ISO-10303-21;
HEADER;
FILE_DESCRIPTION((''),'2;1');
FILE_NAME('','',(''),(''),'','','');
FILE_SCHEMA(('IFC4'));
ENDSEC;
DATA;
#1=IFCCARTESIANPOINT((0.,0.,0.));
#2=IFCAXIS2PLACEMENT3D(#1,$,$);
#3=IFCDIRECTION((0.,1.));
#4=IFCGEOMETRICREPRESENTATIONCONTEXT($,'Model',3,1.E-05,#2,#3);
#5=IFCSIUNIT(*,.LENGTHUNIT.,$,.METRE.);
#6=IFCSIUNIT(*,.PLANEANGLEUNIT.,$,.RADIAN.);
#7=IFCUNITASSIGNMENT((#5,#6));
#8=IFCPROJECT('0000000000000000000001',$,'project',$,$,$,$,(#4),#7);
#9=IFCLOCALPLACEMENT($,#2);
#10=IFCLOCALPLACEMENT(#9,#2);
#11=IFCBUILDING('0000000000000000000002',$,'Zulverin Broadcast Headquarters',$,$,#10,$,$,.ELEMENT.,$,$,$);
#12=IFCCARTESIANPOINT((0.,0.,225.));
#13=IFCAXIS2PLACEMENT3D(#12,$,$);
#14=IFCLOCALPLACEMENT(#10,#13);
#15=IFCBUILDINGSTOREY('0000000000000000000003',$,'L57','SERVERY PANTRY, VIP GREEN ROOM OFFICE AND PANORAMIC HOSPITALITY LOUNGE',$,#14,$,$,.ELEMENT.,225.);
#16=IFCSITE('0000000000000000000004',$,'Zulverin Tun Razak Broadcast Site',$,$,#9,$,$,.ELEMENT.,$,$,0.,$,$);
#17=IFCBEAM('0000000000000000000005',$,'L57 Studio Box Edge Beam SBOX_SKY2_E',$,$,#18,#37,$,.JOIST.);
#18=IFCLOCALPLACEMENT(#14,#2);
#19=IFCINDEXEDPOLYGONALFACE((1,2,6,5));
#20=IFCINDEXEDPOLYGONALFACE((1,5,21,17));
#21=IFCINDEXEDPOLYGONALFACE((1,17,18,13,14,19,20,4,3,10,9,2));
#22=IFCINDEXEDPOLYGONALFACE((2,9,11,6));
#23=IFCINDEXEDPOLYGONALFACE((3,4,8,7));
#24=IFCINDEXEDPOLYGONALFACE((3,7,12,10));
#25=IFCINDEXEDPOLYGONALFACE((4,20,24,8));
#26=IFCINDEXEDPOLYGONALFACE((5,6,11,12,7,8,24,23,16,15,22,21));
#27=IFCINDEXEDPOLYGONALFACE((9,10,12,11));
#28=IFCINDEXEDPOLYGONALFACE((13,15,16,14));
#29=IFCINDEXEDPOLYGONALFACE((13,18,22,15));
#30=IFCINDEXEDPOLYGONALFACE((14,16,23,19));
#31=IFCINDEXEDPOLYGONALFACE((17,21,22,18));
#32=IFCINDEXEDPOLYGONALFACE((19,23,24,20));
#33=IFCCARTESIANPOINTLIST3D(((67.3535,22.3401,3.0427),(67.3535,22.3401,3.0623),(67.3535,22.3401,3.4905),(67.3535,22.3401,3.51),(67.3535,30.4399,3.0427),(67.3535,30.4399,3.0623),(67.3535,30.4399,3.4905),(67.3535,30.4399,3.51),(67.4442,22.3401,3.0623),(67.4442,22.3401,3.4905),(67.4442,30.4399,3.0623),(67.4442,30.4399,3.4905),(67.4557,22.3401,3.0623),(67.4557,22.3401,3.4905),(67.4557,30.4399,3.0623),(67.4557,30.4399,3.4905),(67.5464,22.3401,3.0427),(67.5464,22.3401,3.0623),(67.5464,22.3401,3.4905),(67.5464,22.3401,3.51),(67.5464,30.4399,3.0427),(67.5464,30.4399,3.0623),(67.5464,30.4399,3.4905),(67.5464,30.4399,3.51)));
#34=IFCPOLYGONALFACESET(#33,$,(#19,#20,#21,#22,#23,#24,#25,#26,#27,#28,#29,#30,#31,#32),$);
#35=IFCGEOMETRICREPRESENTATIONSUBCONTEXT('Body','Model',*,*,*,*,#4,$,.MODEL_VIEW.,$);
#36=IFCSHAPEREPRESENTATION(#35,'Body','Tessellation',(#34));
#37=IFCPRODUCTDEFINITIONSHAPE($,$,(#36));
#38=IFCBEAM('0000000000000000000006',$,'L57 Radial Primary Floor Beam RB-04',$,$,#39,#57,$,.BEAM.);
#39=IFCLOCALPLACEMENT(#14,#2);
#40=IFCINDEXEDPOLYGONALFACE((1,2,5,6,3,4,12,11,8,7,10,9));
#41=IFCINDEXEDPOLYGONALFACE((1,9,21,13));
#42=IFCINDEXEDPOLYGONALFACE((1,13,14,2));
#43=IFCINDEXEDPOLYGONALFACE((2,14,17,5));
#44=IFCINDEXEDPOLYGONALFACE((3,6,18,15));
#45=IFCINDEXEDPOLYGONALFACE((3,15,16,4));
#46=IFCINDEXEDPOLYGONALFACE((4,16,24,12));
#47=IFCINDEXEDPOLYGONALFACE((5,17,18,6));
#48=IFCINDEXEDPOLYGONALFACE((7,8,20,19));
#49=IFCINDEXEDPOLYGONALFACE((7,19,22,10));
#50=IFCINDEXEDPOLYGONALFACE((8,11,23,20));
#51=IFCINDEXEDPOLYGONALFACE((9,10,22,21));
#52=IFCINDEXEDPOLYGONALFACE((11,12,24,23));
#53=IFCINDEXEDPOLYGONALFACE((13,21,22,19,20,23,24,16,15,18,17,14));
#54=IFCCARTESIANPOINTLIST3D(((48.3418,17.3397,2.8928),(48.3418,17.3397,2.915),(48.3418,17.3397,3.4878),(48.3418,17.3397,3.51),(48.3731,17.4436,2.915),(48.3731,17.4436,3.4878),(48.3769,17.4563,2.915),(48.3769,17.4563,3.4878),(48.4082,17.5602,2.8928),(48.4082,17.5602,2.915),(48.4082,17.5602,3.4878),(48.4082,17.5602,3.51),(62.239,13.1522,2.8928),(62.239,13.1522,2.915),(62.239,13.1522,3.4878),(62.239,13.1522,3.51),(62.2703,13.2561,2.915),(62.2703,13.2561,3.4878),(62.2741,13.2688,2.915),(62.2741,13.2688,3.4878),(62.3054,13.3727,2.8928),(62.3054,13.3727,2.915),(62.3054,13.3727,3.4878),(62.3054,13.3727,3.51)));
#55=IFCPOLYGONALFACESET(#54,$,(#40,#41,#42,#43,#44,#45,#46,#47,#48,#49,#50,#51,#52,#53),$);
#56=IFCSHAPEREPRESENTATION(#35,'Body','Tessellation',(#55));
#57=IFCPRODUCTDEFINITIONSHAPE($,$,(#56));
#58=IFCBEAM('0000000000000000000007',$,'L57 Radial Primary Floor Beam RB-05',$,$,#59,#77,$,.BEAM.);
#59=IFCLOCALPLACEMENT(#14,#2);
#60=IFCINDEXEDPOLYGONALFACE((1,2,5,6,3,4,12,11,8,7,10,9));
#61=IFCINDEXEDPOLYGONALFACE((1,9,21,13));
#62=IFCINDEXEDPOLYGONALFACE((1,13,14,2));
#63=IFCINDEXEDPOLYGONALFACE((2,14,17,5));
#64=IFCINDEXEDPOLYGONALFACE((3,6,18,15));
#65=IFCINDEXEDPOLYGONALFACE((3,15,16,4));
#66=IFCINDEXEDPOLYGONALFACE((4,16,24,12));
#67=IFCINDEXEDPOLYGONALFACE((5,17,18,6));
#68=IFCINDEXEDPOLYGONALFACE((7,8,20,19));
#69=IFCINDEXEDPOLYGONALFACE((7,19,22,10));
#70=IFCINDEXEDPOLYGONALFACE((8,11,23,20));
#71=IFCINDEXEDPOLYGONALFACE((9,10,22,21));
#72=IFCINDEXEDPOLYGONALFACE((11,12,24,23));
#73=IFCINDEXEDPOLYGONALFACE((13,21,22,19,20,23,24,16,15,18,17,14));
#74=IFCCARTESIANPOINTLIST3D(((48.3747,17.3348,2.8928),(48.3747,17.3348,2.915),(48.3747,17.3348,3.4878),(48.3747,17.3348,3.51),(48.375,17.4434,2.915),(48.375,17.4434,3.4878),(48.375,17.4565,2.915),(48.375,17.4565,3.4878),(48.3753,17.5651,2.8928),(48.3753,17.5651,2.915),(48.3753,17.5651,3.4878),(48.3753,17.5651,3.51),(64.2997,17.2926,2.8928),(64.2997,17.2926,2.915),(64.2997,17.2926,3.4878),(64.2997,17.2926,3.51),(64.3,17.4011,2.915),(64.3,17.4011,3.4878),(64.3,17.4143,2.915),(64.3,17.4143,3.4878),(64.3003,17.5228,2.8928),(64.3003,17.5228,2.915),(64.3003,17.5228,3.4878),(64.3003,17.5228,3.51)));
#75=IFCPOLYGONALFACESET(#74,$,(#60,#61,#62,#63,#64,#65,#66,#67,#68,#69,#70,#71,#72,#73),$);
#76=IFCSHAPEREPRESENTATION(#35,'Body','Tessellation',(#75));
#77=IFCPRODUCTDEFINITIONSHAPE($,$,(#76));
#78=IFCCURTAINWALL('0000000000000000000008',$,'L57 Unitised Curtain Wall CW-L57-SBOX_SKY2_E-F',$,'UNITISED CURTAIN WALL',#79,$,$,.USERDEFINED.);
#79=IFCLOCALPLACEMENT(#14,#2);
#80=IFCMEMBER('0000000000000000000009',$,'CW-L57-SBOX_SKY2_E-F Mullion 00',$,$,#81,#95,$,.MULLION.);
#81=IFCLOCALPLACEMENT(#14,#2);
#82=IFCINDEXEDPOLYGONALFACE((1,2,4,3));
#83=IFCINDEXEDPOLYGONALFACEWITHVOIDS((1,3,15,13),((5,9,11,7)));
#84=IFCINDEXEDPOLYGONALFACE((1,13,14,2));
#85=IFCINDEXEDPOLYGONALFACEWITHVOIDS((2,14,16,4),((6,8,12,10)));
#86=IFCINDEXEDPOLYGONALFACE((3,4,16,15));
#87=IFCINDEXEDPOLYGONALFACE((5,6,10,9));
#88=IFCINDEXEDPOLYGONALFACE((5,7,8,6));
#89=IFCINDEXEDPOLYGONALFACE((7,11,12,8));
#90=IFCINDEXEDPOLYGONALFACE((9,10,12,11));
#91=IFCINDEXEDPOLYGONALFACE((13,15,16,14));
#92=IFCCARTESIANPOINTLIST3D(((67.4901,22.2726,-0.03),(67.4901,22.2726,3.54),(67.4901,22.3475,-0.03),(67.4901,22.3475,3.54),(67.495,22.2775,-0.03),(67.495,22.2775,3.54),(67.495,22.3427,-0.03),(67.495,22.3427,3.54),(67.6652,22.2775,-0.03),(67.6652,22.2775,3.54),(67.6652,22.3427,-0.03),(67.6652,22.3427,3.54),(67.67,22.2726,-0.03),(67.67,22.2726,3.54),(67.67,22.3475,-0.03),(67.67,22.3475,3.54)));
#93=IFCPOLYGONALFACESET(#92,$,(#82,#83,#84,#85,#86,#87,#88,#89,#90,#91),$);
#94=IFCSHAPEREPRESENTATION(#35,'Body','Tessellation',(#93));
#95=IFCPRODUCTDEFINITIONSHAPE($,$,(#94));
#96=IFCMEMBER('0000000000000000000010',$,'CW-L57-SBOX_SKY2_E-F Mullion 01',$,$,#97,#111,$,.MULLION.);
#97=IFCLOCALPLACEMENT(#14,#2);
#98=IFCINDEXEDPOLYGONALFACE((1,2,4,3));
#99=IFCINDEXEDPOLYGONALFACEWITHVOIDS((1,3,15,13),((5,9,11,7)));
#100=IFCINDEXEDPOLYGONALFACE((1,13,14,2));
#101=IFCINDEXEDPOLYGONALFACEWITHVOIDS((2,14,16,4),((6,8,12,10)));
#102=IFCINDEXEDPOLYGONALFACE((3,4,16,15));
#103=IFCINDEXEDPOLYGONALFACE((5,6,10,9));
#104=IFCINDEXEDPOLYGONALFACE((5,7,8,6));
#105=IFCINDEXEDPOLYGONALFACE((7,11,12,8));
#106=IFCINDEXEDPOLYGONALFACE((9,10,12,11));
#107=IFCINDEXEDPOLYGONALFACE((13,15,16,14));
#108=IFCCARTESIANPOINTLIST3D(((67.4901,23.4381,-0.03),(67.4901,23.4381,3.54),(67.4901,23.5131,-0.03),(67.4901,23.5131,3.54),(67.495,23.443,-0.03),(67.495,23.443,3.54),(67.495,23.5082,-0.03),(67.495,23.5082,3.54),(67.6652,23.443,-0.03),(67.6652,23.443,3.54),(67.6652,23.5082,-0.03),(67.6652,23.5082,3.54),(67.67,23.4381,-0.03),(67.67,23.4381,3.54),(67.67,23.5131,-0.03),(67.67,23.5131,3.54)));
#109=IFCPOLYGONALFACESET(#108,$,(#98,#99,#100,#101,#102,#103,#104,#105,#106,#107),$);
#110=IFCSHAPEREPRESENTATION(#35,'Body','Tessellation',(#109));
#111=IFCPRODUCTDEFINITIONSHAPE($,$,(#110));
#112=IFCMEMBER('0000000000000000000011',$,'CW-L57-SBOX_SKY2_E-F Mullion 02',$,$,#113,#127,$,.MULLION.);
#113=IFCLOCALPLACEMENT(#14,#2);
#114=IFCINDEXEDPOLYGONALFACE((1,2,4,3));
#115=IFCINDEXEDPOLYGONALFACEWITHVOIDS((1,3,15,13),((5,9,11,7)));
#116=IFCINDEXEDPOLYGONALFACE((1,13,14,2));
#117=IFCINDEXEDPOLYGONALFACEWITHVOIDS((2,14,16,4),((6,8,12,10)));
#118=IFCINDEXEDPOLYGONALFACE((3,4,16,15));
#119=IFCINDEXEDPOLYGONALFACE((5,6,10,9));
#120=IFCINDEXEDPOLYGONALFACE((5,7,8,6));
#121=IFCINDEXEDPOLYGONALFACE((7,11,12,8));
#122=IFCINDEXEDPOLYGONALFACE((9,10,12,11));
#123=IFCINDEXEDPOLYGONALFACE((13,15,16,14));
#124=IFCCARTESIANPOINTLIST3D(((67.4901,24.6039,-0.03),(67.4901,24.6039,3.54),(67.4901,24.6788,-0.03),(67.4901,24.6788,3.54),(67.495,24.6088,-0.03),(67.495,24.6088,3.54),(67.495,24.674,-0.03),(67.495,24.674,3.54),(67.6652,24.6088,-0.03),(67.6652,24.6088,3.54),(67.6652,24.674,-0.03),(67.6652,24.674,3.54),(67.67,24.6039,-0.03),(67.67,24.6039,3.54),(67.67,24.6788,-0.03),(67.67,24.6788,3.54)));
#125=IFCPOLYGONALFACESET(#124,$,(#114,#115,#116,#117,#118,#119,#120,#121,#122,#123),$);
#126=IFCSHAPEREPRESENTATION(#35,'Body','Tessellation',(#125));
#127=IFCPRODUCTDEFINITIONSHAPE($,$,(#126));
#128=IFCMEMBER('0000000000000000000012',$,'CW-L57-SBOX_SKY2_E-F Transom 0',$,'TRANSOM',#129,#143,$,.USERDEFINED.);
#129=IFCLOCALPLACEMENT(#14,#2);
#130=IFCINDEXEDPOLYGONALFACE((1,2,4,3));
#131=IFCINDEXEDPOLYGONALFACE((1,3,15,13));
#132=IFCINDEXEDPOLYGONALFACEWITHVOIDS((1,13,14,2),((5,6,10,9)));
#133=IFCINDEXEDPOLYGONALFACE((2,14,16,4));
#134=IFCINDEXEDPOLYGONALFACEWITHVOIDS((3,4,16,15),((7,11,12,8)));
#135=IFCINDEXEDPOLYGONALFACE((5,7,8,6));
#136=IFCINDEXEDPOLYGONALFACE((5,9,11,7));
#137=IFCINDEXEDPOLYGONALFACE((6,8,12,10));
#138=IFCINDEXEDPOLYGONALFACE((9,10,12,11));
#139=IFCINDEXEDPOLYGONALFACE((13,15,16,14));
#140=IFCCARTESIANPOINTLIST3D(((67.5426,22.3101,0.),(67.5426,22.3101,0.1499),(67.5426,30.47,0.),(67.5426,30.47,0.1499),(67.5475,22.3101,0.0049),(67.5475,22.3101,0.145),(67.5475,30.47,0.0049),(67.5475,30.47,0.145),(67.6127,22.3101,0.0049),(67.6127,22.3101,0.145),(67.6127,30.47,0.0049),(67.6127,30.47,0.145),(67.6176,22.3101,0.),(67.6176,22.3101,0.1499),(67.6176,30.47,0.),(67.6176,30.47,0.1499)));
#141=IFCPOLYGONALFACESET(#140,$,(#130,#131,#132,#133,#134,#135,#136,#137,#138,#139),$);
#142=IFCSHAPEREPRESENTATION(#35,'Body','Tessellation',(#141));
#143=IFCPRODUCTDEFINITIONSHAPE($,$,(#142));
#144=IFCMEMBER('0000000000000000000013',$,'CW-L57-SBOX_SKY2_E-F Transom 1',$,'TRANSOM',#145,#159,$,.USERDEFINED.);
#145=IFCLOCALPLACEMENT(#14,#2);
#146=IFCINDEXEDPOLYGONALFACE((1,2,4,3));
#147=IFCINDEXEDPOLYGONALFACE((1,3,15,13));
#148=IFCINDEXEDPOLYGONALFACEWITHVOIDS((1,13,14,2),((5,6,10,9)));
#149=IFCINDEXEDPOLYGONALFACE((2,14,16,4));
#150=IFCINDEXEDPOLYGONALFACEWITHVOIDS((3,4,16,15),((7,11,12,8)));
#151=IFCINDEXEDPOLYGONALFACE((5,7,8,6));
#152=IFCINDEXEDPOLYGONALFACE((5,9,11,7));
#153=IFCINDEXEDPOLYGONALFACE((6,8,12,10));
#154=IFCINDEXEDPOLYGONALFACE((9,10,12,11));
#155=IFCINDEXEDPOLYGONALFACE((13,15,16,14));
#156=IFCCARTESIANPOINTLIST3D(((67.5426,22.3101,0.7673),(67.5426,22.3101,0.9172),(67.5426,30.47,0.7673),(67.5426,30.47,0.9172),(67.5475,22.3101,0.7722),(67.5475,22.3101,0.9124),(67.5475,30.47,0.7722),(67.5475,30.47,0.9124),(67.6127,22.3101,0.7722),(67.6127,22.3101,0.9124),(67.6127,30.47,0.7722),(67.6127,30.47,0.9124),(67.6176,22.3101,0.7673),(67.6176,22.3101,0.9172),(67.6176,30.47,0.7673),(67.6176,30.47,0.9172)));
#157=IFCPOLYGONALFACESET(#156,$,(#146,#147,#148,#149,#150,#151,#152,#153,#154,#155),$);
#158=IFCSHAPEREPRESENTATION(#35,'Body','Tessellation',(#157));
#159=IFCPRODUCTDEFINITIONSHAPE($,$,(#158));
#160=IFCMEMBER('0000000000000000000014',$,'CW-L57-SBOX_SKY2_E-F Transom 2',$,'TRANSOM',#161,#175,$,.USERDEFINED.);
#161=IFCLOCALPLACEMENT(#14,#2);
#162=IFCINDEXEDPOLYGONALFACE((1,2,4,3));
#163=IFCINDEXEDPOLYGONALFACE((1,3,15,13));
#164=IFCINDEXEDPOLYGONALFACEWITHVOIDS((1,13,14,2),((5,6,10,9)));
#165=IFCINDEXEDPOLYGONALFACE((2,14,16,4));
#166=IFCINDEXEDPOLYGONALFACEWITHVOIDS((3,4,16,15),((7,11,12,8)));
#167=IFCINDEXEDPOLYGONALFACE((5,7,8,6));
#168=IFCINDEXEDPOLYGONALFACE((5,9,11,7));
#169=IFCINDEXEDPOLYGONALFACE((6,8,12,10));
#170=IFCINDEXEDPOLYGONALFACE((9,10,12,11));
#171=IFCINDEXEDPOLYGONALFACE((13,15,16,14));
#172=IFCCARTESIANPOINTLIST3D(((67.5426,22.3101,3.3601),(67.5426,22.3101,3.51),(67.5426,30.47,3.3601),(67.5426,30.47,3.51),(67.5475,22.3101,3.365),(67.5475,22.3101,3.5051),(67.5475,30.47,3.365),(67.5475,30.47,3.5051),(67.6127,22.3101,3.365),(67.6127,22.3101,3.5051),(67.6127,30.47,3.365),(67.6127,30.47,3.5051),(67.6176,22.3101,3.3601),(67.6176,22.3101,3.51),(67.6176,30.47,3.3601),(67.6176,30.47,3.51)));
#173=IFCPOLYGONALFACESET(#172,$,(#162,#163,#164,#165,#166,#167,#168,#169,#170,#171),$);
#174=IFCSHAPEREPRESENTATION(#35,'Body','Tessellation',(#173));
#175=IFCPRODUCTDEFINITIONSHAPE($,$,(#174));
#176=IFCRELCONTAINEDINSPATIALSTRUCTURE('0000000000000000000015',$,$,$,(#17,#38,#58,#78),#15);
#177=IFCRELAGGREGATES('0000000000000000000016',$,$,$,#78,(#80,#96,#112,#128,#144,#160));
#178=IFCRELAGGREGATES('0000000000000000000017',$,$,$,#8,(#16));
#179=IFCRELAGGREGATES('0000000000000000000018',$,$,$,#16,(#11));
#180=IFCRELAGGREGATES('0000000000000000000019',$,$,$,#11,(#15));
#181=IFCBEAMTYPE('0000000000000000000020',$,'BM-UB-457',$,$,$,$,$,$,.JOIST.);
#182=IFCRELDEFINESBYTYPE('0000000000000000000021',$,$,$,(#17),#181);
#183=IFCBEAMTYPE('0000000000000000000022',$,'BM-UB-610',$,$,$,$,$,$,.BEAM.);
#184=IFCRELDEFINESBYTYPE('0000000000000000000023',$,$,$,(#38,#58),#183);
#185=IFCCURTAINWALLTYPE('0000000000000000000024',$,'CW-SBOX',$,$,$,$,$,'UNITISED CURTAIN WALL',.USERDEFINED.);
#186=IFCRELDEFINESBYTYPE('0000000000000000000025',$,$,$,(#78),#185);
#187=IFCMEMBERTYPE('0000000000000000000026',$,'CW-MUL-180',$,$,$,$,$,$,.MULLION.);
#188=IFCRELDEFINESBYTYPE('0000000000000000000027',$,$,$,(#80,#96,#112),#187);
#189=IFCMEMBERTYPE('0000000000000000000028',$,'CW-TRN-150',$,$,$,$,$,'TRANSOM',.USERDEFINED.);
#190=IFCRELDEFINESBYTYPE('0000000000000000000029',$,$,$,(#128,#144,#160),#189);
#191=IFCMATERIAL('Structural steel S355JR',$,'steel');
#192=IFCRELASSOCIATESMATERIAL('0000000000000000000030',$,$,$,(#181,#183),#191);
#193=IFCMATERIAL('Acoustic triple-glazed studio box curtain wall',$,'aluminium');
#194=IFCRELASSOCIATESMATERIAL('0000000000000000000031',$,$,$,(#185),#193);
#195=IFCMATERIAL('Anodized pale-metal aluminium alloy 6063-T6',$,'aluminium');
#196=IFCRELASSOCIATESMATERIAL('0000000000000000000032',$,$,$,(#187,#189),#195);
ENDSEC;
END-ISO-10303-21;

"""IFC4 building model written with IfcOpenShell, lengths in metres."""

from ifc_helpers import new_model, si_unit, direction, frame, origin, origin_2d, place, context, subcontext, project, spatial, hollow_rectangle, i_section, extrude, material, material_profile, profile_set, type_object, element, aggregate, save


model = new_model("IFC4")

# Units and contexts
model_context = context("Model", 3, precision=1e-05, world=origin(), true_north=direction((0.0, 1.0)))
body_context = subcontext(model_context, "Body", "Model", "MODEL_VIEW")
ifc_project = project(units=[si_unit("LENGTHUNIT", "METRE"), si_unit("PLANEANGLEUNIT", "RADIAN")], contexts=[model_context])

# Site, building, storey
site_placement = place(None, origin())
site = spatial("IfcSite", under=ifc_project, at=site_placement, Name="Zulverin Tun Razak Broadcast Site", CompositionType="ELEMENT", RefElevation=0.0)
building_placement = place(site_placement, origin())
building = spatial("IfcBuilding", under=site, at=building_placement, Name="Zulverin Broadcast Headquarters", CompositionType="ELEMENT")
storey_placement = place(building_placement, frame((0.0, 0.0, 225.0)))
storey = spatial("IfcBuildingStorey", under=building, at=storey_placement, Name="L57", Description="SERVERY PANTRY, VIP GREEN ROOM OFFICE AND PANORAMIC HOSPITALITY LOUNGE", CompositionType="ELEMENT", Elevation=225.0)

# Beams
ifc_material_1 = material(Name="Structural steel S355JR", Category="steel")
ifc_material_profile_1 = material_profile(ifc_material_1, i_section(OverallWidth=0.1929, OverallDepth=0.4673, WebThickness=0.0115, FlangeThickness=0.0195, at=origin_2d()), Name="Structural steel S355JR", Category="steel")
ifc_profile_set_1 = profile_set([ifc_material_profile_1], Name="Structural steel S355JR")
beam_type_1 = type_object("IfcBeamType", Name="BM-UB-457", PredefinedType="JOIST", material=ifc_profile_set_1)
beam_1_placement = place(storey_placement, frame((67.45, 22.3401, 3.2764), z_axis=(0.0, 1.0, 0.0), x_axis=(-1.0, 0.0, 0.0)))
element("IfcBeam", 1, at=beam_1_placement, inside=storey, type_object=beam_type_1, Name="L57 Studio Box Edge Beam SBOX_SKY2_E", PredefinedType="JOIST", context=body_context, shape_type="SweptSolid", body=[
    extrude(i_section(OverallWidth=0.1929, OverallDepth=0.4673, WebThickness=0.0115, FlangeThickness=0.0195, at=origin_2d()), origin(), (0.0, 0.0, 1.0), 8.0999),
])
ifc_material_profile_2 = material_profile(ifc_material_1, i_section(OverallWidth=0.2302, OverallDepth=0.6172, WebThickness=0.0132, FlangeThickness=0.0222, at=origin_2d()), Name="Structural steel S355JR", Category="steel")
ifc_profile_set_2 = profile_set([ifc_material_profile_2], Name="Structural steel S355JR")
beam_type_2 = type_object("IfcBeamType", Name="BM-UB-610", PredefinedType="BEAM", material=ifc_profile_set_2)
beam_2_placement = place(storey_placement, frame((48.375, 17.45, 3.2014), z_axis=(0.957478, -0.288507, 0.0), x_axis=(0.288507, 0.957478, 0.0)))
element("IfcBeam", 2, at=beam_2_placement, inside=storey, type_object=beam_type_2, Name="L57 Radial Primary Floor Beam RB-04", PredefinedType="BEAM", context=body_context, shape_type="SweptSolid", body=[
    extrude(i_section(OverallWidth=0.2302, OverallDepth=0.6172, WebThickness=0.0132, FlangeThickness=0.0222, at=origin_2d()), origin(), (0.0, 0.0, 1.0), 14.5144),
])
beam_3_placement = place(storey_placement, frame((48.375, 17.45, 3.2014), z_axis=(0.999996, -0.002652, 0.0), x_axis=(0.002652, 0.999996, 0.0)))
element("IfcBeam", 3, at=beam_3_placement, inside=storey, type_object=beam_type_2, Name="L57 Radial Primary Floor Beam RB-05", PredefinedType="BEAM", context=body_context, shape_type="SweptSolid", body=[
    extrude(i_section(OverallWidth=0.2302, OverallDepth=0.6172, WebThickness=0.0132, FlangeThickness=0.0222, at=origin_2d()), origin(), (0.0, 0.0, 1.0), 15.925),
])

# Curtain wall, members
ifc_material_2 = material(Name="Acoustic triple-glazed studio box curtain wall", Category="aluminium")
curtain_wall_type = type_object("IfcCurtainWallType", Name="CW-SBOX", ElementType="UNITISED CURTAIN WALL", PredefinedType="USERDEFINED", material=ifc_material_2)
curtain_wall_placement = place(storey_placement, origin())
curtain_wall = element("IfcCurtainWall", 4, at=curtain_wall_placement, inside=storey, type_object=curtain_wall_type, Name="L57 Unitised Curtain Wall CW-L57-SBOX_SKY2_E-F", ObjectType="UNITISED CURTAIN WALL", PredefinedType="USERDEFINED")
ifc_material_3 = material(Name="Anodized pale-metal aluminium alloy 6063-T6", Category="aluminium")
ifc_material_profile_3 = material_profile(ifc_material_3, hollow_rectangle(XDim=0.075, YDim=0.1799, WallThickness=0.0049, at=origin_2d()), Name="Anodized pale-metal aluminium alloy 6063-T6", Category="aluminium")
ifc_profile_set_3 = profile_set([ifc_material_profile_3], Name="Anodized pale-metal aluminium alloy 6063-T6")
member_type_1 = type_object("IfcMemberType", Name="CW-MUL-180", PredefinedType="MULLION", material=ifc_profile_set_3)
member_1_placement = place(storey_placement, frame((67.5801, 22.3101, -0.03), z_axis=(0.0, 0.0, 1.0), x_axis=(0.0, 1.0, 0.0)))
member_1 = element("IfcMember", 5, at=member_1_placement, type_object=member_type_1, Name="CW-L57-SBOX_SKY2_E-F Mullion 00", PredefinedType="MULLION", context=body_context, shape_type="SweptSolid", body=[
    extrude(hollow_rectangle(XDim=0.075, YDim=0.1799, WallThickness=0.0049, at=origin_2d()), origin(), (0.0, 0.0, 1.0), 3.5701),
])
member_2_placement = place(storey_placement, frame((67.5801, 23.4756, -0.03), z_axis=(0.0, 0.0, 1.0), x_axis=(0.0, 1.0, 0.0)))
member_2 = element("IfcMember", 6, at=member_2_placement, type_object=member_type_1, Name="CW-L57-SBOX_SKY2_E-F Mullion 01", PredefinedType="MULLION", context=body_context, shape_type="SweptSolid", body=[
    extrude(hollow_rectangle(XDim=0.075, YDim=0.1799, WallThickness=0.0049, at=origin_2d()), origin(), (0.0, 0.0, 1.0), 3.5701),
])
member_3_placement = place(storey_placement, frame((67.5801, 24.6414, -0.03), z_axis=(0.0, 0.0, 1.0), x_axis=(0.0, 1.0, 0.0)))
member_3 = element("IfcMember", 7, at=member_3_placement, type_object=member_type_1, Name="CW-L57-SBOX_SKY2_E-F Mullion 02", PredefinedType="MULLION", context=body_context, shape_type="SweptSolid", body=[
    extrude(hollow_rectangle(XDim=0.075, YDim=0.1799, WallThickness=0.0049, at=origin_2d()), origin(), (0.0, 0.0, 1.0), 3.5701),
])
ifc_material_profile_4 = material_profile(ifc_material_3, hollow_rectangle(XDim=0.075, YDim=0.1499, WallThickness=0.0049, at=origin_2d()), Name="Anodized pale-metal aluminium alloy 6063-T6", Category="aluminium")
ifc_profile_set_4 = profile_set([ifc_material_profile_4], Name="Anodized pale-metal aluminium alloy 6063-T6")
member_type_2 = type_object("IfcMemberType", Name="CW-TRN-150", ElementType="TRANSOM", PredefinedType="USERDEFINED", material=ifc_profile_set_4)
member_4_placement = place(storey_placement, frame((67.5801, 22.3101, 0.075), z_axis=(0.0, 1.0, 0.0), x_axis=(-1.0, 0.0, 0.0)))
member_4 = element("IfcMember", 8, at=member_4_placement, type_object=member_type_2, Name="CW-L57-SBOX_SKY2_E-F Transom 0", ObjectType="TRANSOM", PredefinedType="USERDEFINED", context=body_context, shape_type="SweptSolid", body=[
    extrude(hollow_rectangle(XDim=0.075, YDim=0.1499, WallThickness=0.0049, at=origin_2d()), origin(), (0.0, 0.0, 1.0), 8.1599),
])
member_5_placement = place(storey_placement, frame((67.5801, 22.3101, 0.8423), z_axis=(0.0, 1.0, 0.0), x_axis=(-1.0, 0.0, 0.0)))
member_5 = element("IfcMember", 9, at=member_5_placement, type_object=member_type_2, Name="CW-L57-SBOX_SKY2_E-F Transom 1", ObjectType="TRANSOM", PredefinedType="USERDEFINED", context=body_context, shape_type="SweptSolid", body=[
    extrude(hollow_rectangle(XDim=0.075, YDim=0.1499, WallThickness=0.0049, at=origin_2d()), origin(), (0.0, 0.0, 1.0), 8.1599),
])
member_6_placement = place(storey_placement, frame((67.5801, 22.3101, 3.4351), z_axis=(0.0, 1.0, 0.0), x_axis=(-1.0, 0.0, 0.0)))
member_6 = element("IfcMember", 10, at=member_6_placement, type_object=member_type_2, Name="CW-L57-SBOX_SKY2_E-F Transom 2", ObjectType="TRANSOM", PredefinedType="USERDEFINED", context=body_context, shape_type="SweptSolid", body=[
    extrude(hollow_rectangle(XDim=0.075, YDim=0.1499, WallThickness=0.0049, at=origin_2d()), origin(), (0.0, 0.0, 1.0), 8.1599),
])

aggregate(curtain_wall, [member_1, member_2, member_3, member_4, member_5, member_6])

save(model, "model.ifc")
